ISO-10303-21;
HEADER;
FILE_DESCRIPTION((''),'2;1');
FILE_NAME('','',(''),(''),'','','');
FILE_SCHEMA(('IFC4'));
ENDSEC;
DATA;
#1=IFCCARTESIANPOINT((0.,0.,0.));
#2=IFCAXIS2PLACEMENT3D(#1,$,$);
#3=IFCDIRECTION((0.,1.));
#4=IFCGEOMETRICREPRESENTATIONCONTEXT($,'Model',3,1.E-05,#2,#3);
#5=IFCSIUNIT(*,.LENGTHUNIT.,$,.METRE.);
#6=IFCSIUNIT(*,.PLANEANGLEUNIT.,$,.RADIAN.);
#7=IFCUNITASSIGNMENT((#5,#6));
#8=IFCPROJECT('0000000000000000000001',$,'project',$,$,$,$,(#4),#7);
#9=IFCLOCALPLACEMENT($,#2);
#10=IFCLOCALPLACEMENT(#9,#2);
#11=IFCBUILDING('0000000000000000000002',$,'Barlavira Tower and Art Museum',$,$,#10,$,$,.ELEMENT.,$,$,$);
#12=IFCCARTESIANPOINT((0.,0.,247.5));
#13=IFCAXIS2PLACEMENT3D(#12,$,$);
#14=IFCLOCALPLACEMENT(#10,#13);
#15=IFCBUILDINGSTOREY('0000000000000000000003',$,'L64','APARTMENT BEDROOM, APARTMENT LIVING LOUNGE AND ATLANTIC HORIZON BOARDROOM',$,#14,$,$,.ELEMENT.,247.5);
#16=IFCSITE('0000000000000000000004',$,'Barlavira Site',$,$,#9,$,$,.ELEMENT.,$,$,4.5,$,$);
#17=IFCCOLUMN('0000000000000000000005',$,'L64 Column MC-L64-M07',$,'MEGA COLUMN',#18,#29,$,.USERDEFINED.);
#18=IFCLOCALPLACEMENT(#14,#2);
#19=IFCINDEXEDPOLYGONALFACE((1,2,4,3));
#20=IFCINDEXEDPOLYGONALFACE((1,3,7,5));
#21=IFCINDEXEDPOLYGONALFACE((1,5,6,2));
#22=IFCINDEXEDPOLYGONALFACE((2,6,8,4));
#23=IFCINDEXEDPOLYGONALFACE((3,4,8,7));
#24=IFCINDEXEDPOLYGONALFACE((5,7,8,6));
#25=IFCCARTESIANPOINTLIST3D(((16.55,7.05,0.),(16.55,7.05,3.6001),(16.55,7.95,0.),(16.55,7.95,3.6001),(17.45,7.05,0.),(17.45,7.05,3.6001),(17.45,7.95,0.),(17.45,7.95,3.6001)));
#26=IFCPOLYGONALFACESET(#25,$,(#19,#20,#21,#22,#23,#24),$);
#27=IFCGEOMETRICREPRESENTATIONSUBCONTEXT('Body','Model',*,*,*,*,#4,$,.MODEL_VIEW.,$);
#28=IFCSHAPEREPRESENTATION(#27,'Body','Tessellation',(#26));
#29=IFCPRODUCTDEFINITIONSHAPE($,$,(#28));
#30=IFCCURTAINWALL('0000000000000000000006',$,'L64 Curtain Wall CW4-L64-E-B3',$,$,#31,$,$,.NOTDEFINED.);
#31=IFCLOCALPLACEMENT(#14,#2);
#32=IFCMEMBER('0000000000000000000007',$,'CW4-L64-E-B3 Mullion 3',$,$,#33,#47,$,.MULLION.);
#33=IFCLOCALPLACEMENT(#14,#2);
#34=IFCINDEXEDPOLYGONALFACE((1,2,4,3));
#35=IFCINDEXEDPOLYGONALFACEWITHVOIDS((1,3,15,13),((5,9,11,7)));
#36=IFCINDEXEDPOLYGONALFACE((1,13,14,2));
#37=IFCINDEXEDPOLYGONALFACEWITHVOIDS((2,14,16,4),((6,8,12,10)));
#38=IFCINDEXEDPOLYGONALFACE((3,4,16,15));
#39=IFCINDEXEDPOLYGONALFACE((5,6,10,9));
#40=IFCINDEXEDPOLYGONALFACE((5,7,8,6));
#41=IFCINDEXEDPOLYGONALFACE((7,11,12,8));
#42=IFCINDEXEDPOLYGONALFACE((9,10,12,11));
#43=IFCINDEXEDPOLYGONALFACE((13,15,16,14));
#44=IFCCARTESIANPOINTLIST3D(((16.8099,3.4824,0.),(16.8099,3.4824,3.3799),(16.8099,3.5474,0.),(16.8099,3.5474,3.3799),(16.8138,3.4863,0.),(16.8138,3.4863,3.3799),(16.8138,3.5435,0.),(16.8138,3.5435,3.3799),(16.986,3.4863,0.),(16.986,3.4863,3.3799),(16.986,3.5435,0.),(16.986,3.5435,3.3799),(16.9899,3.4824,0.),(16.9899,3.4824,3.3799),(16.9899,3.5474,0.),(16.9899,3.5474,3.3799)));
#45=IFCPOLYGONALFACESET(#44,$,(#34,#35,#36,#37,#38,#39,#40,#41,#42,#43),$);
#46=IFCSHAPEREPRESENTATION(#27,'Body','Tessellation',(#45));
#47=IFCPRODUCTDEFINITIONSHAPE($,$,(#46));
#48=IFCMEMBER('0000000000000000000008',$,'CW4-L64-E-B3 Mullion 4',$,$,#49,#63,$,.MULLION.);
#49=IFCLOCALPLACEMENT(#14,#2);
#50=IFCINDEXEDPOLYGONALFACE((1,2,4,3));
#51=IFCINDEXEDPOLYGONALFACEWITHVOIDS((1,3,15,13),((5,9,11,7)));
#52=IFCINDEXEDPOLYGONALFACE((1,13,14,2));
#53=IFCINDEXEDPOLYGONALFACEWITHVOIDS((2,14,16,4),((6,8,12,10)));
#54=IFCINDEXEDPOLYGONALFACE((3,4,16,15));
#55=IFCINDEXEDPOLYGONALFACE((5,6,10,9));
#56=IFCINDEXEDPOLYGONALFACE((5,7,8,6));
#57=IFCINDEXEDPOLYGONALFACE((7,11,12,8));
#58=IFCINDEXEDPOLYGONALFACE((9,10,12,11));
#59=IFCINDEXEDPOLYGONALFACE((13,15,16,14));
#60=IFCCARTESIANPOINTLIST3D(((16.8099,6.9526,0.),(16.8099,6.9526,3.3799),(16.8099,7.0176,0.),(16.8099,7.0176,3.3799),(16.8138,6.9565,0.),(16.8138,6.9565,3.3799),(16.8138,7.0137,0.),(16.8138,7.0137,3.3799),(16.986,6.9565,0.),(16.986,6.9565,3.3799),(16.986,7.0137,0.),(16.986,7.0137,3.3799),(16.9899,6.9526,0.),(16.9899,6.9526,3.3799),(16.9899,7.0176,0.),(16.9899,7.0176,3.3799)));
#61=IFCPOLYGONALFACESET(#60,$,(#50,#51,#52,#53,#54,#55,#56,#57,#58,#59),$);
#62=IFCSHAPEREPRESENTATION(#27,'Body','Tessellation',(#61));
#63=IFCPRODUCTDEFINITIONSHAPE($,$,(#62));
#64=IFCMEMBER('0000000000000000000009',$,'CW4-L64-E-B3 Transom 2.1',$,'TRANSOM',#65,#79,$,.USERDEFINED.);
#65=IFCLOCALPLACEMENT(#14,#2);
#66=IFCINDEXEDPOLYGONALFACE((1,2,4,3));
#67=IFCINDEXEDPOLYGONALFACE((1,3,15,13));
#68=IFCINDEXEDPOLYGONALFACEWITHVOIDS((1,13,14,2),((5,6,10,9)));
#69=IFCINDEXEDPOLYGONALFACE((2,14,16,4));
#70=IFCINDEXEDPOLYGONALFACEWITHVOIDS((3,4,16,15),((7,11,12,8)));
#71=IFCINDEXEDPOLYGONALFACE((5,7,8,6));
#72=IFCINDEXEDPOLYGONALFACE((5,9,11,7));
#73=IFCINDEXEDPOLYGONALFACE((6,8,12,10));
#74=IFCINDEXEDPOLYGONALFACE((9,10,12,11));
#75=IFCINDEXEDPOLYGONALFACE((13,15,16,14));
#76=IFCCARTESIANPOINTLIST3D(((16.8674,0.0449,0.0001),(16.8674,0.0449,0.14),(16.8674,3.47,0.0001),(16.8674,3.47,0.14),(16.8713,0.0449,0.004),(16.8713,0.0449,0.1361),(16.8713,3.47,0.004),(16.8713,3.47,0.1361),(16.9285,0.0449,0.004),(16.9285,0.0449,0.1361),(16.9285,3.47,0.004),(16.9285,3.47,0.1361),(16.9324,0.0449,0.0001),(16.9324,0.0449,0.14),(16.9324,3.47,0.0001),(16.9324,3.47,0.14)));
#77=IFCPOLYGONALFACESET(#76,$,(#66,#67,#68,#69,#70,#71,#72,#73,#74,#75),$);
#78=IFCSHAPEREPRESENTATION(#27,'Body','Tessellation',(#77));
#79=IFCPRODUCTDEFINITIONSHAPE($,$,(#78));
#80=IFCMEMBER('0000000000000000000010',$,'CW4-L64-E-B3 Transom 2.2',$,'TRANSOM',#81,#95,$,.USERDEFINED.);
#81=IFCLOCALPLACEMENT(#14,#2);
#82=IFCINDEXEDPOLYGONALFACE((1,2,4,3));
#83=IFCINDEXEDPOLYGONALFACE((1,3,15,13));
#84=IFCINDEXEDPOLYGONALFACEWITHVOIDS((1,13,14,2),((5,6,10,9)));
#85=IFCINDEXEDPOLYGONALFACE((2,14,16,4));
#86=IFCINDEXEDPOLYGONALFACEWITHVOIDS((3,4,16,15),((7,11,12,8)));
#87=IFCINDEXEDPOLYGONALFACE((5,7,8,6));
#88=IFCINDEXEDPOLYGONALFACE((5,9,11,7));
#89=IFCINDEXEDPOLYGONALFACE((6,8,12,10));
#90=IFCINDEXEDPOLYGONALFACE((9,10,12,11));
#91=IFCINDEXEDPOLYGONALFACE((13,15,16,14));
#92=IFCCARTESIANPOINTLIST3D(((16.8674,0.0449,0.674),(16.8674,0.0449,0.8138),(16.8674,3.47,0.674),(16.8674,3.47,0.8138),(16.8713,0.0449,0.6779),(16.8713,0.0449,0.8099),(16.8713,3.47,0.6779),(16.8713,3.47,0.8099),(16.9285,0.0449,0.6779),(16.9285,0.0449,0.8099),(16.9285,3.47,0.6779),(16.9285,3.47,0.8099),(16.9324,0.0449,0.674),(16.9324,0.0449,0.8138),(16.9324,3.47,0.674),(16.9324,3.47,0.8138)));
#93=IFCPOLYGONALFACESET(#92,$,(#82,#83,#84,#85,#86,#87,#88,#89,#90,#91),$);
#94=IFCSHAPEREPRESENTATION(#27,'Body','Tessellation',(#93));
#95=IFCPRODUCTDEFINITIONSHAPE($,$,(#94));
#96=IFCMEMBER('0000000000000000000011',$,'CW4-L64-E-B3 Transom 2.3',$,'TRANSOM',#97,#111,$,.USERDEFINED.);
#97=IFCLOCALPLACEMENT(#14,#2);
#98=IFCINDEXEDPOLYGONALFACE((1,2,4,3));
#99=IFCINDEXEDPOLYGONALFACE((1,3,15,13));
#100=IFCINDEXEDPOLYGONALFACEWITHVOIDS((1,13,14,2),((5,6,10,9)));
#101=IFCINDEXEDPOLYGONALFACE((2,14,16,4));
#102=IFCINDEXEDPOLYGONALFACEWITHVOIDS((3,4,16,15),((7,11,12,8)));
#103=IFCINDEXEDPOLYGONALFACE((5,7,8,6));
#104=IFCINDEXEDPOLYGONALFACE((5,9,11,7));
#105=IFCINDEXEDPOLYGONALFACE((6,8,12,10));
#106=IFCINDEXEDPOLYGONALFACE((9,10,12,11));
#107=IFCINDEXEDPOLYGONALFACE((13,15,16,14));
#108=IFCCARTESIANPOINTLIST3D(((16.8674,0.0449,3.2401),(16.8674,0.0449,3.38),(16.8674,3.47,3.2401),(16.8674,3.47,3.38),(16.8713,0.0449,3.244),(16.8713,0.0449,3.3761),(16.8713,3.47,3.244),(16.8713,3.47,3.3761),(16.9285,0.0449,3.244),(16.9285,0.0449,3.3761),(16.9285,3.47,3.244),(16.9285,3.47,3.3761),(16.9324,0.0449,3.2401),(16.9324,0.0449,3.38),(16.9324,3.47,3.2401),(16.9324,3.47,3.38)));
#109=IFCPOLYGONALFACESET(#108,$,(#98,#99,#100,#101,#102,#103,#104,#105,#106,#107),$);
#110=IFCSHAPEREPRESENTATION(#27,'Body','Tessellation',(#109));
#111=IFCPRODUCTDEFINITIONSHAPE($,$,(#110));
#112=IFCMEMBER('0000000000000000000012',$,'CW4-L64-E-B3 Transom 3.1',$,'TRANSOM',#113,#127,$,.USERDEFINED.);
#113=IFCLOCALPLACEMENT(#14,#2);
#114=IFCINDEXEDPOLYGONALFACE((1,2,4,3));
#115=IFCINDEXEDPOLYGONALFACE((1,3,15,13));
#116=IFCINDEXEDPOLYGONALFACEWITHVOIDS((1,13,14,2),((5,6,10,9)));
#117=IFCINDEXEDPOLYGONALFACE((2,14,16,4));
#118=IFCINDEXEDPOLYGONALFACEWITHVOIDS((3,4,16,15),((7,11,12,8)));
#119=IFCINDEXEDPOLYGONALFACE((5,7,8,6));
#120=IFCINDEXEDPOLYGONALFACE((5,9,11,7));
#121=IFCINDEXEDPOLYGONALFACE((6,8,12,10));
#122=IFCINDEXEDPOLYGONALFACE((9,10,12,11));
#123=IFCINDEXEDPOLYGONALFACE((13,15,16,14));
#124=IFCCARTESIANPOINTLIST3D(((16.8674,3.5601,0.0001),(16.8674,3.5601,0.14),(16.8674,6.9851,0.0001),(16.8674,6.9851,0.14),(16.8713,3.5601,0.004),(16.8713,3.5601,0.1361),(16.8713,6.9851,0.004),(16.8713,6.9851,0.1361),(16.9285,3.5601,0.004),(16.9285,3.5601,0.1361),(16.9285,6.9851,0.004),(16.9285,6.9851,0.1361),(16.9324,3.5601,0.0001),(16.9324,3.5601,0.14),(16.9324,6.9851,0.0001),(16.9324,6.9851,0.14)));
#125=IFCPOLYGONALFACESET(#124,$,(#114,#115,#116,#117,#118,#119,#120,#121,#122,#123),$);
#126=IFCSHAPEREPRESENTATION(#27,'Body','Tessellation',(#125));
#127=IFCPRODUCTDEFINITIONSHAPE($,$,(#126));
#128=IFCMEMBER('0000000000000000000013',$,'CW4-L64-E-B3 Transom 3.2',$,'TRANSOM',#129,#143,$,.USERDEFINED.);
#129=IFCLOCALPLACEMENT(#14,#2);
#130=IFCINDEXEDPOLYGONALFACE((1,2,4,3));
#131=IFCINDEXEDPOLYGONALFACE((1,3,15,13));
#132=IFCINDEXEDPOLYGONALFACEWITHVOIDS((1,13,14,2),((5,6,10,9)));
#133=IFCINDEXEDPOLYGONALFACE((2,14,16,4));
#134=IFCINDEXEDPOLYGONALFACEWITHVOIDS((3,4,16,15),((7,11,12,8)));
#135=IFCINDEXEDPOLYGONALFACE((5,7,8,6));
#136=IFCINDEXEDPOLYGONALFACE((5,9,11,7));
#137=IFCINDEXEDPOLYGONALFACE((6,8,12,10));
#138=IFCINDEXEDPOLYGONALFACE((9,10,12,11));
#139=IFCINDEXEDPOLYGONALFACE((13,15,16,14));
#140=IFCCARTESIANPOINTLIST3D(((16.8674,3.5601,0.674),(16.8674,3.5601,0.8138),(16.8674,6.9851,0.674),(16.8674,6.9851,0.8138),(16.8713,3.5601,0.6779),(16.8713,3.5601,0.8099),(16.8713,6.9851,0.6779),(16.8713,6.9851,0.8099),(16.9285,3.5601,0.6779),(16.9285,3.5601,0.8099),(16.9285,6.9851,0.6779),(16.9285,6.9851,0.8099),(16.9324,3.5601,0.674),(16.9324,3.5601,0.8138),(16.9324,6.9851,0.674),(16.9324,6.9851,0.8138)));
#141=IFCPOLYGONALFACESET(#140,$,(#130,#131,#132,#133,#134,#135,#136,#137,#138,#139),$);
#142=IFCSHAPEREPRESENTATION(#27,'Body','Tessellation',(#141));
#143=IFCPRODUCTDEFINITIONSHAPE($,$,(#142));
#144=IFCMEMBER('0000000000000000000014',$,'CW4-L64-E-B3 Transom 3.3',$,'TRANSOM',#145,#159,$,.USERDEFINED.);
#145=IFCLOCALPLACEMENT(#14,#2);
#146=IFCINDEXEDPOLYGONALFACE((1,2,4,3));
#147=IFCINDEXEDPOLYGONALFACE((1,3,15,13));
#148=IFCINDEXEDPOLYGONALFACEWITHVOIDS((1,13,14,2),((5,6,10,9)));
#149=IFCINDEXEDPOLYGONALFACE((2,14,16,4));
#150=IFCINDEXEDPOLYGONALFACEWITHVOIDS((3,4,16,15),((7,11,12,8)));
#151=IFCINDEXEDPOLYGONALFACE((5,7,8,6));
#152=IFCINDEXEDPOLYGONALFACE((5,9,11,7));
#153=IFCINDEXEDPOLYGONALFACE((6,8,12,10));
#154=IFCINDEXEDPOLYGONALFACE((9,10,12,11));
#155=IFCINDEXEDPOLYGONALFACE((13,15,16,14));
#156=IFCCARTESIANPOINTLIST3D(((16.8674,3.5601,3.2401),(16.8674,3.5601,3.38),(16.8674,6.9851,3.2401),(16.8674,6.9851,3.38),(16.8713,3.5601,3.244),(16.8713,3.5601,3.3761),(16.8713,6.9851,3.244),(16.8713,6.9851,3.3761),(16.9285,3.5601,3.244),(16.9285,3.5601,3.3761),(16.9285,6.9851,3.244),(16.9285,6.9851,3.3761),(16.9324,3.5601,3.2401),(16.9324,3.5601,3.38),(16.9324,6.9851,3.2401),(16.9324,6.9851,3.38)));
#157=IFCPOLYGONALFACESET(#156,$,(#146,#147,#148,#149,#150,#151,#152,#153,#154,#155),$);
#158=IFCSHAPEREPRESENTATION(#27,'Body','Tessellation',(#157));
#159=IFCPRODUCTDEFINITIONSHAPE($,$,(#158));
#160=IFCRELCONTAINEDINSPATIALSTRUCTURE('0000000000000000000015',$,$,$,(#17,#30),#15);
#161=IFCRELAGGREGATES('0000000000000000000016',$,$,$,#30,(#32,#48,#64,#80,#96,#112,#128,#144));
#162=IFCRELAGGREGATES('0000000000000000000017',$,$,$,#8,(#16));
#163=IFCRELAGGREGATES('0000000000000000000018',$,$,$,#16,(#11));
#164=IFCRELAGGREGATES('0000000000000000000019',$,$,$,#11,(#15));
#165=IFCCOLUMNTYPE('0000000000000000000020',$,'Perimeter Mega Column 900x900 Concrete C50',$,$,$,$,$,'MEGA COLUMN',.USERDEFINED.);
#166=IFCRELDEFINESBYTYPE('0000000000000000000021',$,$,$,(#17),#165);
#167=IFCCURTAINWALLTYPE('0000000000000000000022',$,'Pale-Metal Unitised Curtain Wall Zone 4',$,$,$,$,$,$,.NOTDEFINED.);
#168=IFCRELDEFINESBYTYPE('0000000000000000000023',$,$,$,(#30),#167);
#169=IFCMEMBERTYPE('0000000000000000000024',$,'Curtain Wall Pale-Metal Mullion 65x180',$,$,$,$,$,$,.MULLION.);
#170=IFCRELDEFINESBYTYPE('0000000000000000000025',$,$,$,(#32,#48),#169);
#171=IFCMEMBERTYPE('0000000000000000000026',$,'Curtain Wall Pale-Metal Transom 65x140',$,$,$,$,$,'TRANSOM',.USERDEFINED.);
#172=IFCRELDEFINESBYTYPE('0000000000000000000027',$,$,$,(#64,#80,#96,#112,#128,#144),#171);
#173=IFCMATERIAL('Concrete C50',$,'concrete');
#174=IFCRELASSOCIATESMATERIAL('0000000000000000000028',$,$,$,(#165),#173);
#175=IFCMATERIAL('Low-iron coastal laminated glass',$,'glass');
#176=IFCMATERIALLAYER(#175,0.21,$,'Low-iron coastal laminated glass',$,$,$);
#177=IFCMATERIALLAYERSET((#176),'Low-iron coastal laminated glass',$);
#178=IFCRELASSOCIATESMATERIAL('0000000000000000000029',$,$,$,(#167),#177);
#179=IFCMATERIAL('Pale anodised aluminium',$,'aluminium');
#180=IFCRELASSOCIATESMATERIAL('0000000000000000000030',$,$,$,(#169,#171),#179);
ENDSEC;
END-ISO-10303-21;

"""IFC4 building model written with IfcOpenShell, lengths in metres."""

from ifc_helpers import new_model, si_unit, direction, frame, origin, origin_2d, place, context, subcontext, project, spatial, rectangle, hollow_rectangle, extrude, material, layer, layer_set, material_profile, profile_set, type_object, element, aggregate, save


model = new_model("IFC4")

# Units and contexts
model_context = context("Model", 3, precision=1e-05, world=origin(), true_north=direction((0.0, 1.0)))
body_context = subcontext(model_context, "Body", "Model", "MODEL_VIEW")
ifc_project = project(units=[si_unit("LENGTHUNIT", "METRE"), si_unit("PLANEANGLEUNIT", "RADIAN")], contexts=[model_context])

# Site, building, storey
site_placement = place(None, origin())
site = spatial("IfcSite", under=ifc_project, at=site_placement, Name="Barlavira Site", CompositionType="ELEMENT", RefElevation=4.5)
building_placement = place(site_placement, origin())
building = spatial("IfcBuilding", under=site, at=building_placement, Name="Barlavira Tower and Art Museum", CompositionType="ELEMENT")
storey_placement = place(building_placement, frame((0.0, 0.0, 247.5)))
storey = spatial("IfcBuildingStorey", under=building, at=storey_placement, Name="L64", Description="APARTMENT BEDROOM, APARTMENT LIVING LOUNGE AND ATLANTIC HORIZON BOARDROOM", CompositionType="ELEMENT", Elevation=247.5)

# Column
ifc_material_1 = material(Name="Concrete C50", Category="concrete")
ifc_material_profile_1 = material_profile(ifc_material_1, rectangle(XDim=0.8999, YDim=0.8999, at=origin_2d()), Name="RC-COL 900x900")
ifc_profile_set_1 = profile_set([ifc_material_profile_1], Name="Concrete C50")
column_type = type_object("IfcColumnType", Name="Perimeter Mega Column 900x900 Concrete C50", ElementType="MEGA COLUMN", PredefinedType="USERDEFINED", material=ifc_profile_set_1)
column_placement = place(storey_placement, frame((17.0, 7.5, 0.0), z_axis=(0.0, 0.0, 1.0), x_axis=(1.0, 0.0, 0.0)))
element("IfcColumn", 1, at=column_placement, inside=storey, type_object=column_type, Name="L64 Column MC-L64-M07", ObjectType="MEGA COLUMN", PredefinedType="USERDEFINED", context=body_context, shape_type="SweptSolid", body=[
    extrude(rectangle(XDim=0.8999, YDim=0.8999, at=origin_2d()), origin(), (0.0, 0.0, 1.0), 3.6001),
])

# Curtain wall, members
ifc_material_2 = material(Name="Low-iron coastal laminated glass", Category="glass")
ifc_layer_1 = layer(ifc_material_2, 0.21, Name="Low-iron coastal laminated glass")
ifc_layer_set_1 = layer_set([ifc_layer_1], Name="Low-iron coastal laminated glass")
curtain_wall_type = type_object("IfcCurtainWallType", Name="Pale-Metal Unitised Curtain Wall Zone 4", PredefinedType="NOTDEFINED", material=ifc_layer_set_1)
curtain_wall_placement = place(storey_placement, origin())
curtain_wall = element("IfcCurtainWall", 2, at=curtain_wall_placement, inside=storey, type_object=curtain_wall_type, Name="L64 Curtain Wall CW4-L64-E-B3", PredefinedType="NOTDEFINED")
ifc_material_3 = material(Name="Pale anodised aluminium", Category="aluminium")
ifc_material_profile_2 = material_profile(ifc_material_3, hollow_rectangle(XDim=0.0649, YDim=0.1799, WallThickness=0.0039, at=origin_2d()), Name="ALU-MULL 65x180x4")
ifc_profile_set_2 = profile_set([ifc_material_profile_2], Name="Pale anodised aluminium")
member_type_1 = type_object("IfcMemberType", Name="Curtain Wall Pale-Metal Mullion 65x180", PredefinedType="MULLION", material=ifc_profile_set_2)
member_1_placement = place(storey_placement, frame((16.8999, 3.5149, 0.0), z_axis=(0.0, 0.0, 1.0), x_axis=(0.0, 1.0, 0.0)))
member_1 = element("IfcMember", 3, at=member_1_placement, type_object=member_type_1, Name="CW4-L64-E-B3 Mullion 3", PredefinedType="MULLION", context=body_context, shape_type="SweptSolid", body=[
    extrude(hollow_rectangle(XDim=0.0649, YDim=0.1799, WallThickness=0.0039, at=origin_2d()), origin(), (0.0, 0.0, 1.0), 3.3799),
])
member_2_placement = place(storey_placement, frame((16.8999, 6.9851, 0.0), z_axis=(0.0, 0.0, 1.0), x_axis=(0.0, 1.0, 0.0)))
member_2 = element("IfcMember", 4, at=member_2_placement, type_object=member_type_1, Name="CW4-L64-E-B3 Mullion 4", PredefinedType="MULLION", context=body_context, shape_type="SweptSolid", body=[
    extrude(hollow_rectangle(XDim=0.0649, YDim=0.1799, WallThickness=0.0039, at=origin_2d()), origin(), (0.0, 0.0, 1.0), 3.3799),
])
ifc_material_profile_3 = material_profile(ifc_material_3, hollow_rectangle(XDim=0.0649, YDim=0.1399, WallThickness=0.0039, at=origin_2d()), Name="ALU-TRAN 65x140x4")
ifc_profile_set_3 = profile_set([ifc_material_profile_3], Name="Pale anodised aluminium")
member_type_2 = type_object("IfcMemberType", Name="Curtain Wall Pale-Metal Transom 65x140", ElementType="TRANSOM", PredefinedType="USERDEFINED", material=ifc_profile_set_3)
member_3_placement = place(storey_placement, frame((16.8999, 0.0449, 0.0701), z_axis=(0.0, 1.0, 0.0), x_axis=(-1.0, 0.0, 0.0)))
member_3 = element("IfcMember", 5, at=member_3_placement, type_object=member_type_2, Name="CW4-L64-E-B3 Transom 2.1", ObjectType="TRANSOM", PredefinedType="USERDEFINED", context=body_context, shape_type="SweptSolid", body=[
    extrude(hollow_rectangle(XDim=0.0649, YDim=0.1399, WallThickness=0.0039, at=origin_2d()), origin(), (0.0, 0.0, 1.0), 3.425),
])
member_4_placement = place(storey_placement, frame((16.8999, 0.0449, 0.7439), z_axis=(0.0, 1.0, 0.0), x_axis=(-1.0, 0.0, 0.0)))
member_4 = element("IfcMember", 6, at=member_4_placement, type_object=member_type_2, Name="CW4-L64-E-B3 Transom 2.2", ObjectType="TRANSOM", PredefinedType="USERDEFINED", context=body_context, shape_type="SweptSolid", body=[
    extrude(hollow_rectangle(XDim=0.0649, YDim=0.1399, WallThickness=0.0039, at=origin_2d()), origin(), (0.0, 0.0, 1.0), 3.425),
])
member_5_placement = place(storey_placement, frame((16.8999, 0.0449, 3.3101), z_axis=(0.0, 1.0, 0.0), x_axis=(-1.0, 0.0, 0.0)))
member_5 = element("IfcMember", 7, at=member_5_placement, type_object=member_type_2, Name="CW4-L64-E-B3 Transom 2.3", ObjectType="TRANSOM", PredefinedType="USERDEFINED", context=body_context, shape_type="SweptSolid", body=[
    extrude(hollow_rectangle(XDim=0.0649, YDim=0.1399, WallThickness=0.0039, at=origin_2d()), origin(), (0.0, 0.0, 1.0), 3.425),
])
member_6_placement = place(storey_placement, frame((16.8999, 3.5601, 0.0701), z_axis=(0.0, 1.0, 0.0), x_axis=(-1.0, 0.0, 0.0)))
member_6 = element("IfcMember", 8, at=member_6_placement, type_object=member_type_2, Name="CW4-L64-E-B3 Transom 3.1", ObjectType="TRANSOM", PredefinedType="USERDEFINED", context=body_context, shape_type="SweptSolid", body=[
    extrude(hollow_rectangle(XDim=0.0649, YDim=0.1399, WallThickness=0.0039, at=origin_2d()), origin(), (0.0, 0.0, 1.0), 3.425),
])
member_7_placement = place(storey_placement, frame((16.8999, 3.5601, 0.7439), z_axis=(0.0, 1.0, 0.0), x_axis=(-1.0, 0.0, 0.0)))
member_7 = element("IfcMember", 9, at=member_7_placement, type_object=member_type_2, Name="CW4-L64-E-B3 Transom 3.2", ObjectType="TRANSOM", PredefinedType="USERDEFINED", context=body_context, shape_type="SweptSolid", body=[
    extrude(hollow_rectangle(XDim=0.0649, YDim=0.1399, WallThickness=0.0039, at=origin_2d()), origin(), (0.0, 0.0, 1.0), 3.425),
])
member_8_placement = place(storey_placement, frame((16.8999, 3.5601, 3.3101), z_axis=(0.0, 1.0, 0.0), x_axis=(-1.0, 0.0, 0.0)))
member_8 = element("IfcMember", 10, at=member_8_placement, type_object=member_type_2, Name="CW4-L64-E-B3 Transom 3.3", ObjectType="TRANSOM", PredefinedType="USERDEFINED", context=body_context, shape_type="SweptSolid", body=[
    extrude(hollow_rectangle(XDim=0.0649, YDim=0.1399, WallThickness=0.0039, at=origin_2d()), origin(), (0.0, 0.0, 1.0), 3.425),
])

aggregate(curtain_wall, [member_1, member_2, member_3, member_4, member_5, member_6, member_7, member_8])

save(model, "model.ifc")
